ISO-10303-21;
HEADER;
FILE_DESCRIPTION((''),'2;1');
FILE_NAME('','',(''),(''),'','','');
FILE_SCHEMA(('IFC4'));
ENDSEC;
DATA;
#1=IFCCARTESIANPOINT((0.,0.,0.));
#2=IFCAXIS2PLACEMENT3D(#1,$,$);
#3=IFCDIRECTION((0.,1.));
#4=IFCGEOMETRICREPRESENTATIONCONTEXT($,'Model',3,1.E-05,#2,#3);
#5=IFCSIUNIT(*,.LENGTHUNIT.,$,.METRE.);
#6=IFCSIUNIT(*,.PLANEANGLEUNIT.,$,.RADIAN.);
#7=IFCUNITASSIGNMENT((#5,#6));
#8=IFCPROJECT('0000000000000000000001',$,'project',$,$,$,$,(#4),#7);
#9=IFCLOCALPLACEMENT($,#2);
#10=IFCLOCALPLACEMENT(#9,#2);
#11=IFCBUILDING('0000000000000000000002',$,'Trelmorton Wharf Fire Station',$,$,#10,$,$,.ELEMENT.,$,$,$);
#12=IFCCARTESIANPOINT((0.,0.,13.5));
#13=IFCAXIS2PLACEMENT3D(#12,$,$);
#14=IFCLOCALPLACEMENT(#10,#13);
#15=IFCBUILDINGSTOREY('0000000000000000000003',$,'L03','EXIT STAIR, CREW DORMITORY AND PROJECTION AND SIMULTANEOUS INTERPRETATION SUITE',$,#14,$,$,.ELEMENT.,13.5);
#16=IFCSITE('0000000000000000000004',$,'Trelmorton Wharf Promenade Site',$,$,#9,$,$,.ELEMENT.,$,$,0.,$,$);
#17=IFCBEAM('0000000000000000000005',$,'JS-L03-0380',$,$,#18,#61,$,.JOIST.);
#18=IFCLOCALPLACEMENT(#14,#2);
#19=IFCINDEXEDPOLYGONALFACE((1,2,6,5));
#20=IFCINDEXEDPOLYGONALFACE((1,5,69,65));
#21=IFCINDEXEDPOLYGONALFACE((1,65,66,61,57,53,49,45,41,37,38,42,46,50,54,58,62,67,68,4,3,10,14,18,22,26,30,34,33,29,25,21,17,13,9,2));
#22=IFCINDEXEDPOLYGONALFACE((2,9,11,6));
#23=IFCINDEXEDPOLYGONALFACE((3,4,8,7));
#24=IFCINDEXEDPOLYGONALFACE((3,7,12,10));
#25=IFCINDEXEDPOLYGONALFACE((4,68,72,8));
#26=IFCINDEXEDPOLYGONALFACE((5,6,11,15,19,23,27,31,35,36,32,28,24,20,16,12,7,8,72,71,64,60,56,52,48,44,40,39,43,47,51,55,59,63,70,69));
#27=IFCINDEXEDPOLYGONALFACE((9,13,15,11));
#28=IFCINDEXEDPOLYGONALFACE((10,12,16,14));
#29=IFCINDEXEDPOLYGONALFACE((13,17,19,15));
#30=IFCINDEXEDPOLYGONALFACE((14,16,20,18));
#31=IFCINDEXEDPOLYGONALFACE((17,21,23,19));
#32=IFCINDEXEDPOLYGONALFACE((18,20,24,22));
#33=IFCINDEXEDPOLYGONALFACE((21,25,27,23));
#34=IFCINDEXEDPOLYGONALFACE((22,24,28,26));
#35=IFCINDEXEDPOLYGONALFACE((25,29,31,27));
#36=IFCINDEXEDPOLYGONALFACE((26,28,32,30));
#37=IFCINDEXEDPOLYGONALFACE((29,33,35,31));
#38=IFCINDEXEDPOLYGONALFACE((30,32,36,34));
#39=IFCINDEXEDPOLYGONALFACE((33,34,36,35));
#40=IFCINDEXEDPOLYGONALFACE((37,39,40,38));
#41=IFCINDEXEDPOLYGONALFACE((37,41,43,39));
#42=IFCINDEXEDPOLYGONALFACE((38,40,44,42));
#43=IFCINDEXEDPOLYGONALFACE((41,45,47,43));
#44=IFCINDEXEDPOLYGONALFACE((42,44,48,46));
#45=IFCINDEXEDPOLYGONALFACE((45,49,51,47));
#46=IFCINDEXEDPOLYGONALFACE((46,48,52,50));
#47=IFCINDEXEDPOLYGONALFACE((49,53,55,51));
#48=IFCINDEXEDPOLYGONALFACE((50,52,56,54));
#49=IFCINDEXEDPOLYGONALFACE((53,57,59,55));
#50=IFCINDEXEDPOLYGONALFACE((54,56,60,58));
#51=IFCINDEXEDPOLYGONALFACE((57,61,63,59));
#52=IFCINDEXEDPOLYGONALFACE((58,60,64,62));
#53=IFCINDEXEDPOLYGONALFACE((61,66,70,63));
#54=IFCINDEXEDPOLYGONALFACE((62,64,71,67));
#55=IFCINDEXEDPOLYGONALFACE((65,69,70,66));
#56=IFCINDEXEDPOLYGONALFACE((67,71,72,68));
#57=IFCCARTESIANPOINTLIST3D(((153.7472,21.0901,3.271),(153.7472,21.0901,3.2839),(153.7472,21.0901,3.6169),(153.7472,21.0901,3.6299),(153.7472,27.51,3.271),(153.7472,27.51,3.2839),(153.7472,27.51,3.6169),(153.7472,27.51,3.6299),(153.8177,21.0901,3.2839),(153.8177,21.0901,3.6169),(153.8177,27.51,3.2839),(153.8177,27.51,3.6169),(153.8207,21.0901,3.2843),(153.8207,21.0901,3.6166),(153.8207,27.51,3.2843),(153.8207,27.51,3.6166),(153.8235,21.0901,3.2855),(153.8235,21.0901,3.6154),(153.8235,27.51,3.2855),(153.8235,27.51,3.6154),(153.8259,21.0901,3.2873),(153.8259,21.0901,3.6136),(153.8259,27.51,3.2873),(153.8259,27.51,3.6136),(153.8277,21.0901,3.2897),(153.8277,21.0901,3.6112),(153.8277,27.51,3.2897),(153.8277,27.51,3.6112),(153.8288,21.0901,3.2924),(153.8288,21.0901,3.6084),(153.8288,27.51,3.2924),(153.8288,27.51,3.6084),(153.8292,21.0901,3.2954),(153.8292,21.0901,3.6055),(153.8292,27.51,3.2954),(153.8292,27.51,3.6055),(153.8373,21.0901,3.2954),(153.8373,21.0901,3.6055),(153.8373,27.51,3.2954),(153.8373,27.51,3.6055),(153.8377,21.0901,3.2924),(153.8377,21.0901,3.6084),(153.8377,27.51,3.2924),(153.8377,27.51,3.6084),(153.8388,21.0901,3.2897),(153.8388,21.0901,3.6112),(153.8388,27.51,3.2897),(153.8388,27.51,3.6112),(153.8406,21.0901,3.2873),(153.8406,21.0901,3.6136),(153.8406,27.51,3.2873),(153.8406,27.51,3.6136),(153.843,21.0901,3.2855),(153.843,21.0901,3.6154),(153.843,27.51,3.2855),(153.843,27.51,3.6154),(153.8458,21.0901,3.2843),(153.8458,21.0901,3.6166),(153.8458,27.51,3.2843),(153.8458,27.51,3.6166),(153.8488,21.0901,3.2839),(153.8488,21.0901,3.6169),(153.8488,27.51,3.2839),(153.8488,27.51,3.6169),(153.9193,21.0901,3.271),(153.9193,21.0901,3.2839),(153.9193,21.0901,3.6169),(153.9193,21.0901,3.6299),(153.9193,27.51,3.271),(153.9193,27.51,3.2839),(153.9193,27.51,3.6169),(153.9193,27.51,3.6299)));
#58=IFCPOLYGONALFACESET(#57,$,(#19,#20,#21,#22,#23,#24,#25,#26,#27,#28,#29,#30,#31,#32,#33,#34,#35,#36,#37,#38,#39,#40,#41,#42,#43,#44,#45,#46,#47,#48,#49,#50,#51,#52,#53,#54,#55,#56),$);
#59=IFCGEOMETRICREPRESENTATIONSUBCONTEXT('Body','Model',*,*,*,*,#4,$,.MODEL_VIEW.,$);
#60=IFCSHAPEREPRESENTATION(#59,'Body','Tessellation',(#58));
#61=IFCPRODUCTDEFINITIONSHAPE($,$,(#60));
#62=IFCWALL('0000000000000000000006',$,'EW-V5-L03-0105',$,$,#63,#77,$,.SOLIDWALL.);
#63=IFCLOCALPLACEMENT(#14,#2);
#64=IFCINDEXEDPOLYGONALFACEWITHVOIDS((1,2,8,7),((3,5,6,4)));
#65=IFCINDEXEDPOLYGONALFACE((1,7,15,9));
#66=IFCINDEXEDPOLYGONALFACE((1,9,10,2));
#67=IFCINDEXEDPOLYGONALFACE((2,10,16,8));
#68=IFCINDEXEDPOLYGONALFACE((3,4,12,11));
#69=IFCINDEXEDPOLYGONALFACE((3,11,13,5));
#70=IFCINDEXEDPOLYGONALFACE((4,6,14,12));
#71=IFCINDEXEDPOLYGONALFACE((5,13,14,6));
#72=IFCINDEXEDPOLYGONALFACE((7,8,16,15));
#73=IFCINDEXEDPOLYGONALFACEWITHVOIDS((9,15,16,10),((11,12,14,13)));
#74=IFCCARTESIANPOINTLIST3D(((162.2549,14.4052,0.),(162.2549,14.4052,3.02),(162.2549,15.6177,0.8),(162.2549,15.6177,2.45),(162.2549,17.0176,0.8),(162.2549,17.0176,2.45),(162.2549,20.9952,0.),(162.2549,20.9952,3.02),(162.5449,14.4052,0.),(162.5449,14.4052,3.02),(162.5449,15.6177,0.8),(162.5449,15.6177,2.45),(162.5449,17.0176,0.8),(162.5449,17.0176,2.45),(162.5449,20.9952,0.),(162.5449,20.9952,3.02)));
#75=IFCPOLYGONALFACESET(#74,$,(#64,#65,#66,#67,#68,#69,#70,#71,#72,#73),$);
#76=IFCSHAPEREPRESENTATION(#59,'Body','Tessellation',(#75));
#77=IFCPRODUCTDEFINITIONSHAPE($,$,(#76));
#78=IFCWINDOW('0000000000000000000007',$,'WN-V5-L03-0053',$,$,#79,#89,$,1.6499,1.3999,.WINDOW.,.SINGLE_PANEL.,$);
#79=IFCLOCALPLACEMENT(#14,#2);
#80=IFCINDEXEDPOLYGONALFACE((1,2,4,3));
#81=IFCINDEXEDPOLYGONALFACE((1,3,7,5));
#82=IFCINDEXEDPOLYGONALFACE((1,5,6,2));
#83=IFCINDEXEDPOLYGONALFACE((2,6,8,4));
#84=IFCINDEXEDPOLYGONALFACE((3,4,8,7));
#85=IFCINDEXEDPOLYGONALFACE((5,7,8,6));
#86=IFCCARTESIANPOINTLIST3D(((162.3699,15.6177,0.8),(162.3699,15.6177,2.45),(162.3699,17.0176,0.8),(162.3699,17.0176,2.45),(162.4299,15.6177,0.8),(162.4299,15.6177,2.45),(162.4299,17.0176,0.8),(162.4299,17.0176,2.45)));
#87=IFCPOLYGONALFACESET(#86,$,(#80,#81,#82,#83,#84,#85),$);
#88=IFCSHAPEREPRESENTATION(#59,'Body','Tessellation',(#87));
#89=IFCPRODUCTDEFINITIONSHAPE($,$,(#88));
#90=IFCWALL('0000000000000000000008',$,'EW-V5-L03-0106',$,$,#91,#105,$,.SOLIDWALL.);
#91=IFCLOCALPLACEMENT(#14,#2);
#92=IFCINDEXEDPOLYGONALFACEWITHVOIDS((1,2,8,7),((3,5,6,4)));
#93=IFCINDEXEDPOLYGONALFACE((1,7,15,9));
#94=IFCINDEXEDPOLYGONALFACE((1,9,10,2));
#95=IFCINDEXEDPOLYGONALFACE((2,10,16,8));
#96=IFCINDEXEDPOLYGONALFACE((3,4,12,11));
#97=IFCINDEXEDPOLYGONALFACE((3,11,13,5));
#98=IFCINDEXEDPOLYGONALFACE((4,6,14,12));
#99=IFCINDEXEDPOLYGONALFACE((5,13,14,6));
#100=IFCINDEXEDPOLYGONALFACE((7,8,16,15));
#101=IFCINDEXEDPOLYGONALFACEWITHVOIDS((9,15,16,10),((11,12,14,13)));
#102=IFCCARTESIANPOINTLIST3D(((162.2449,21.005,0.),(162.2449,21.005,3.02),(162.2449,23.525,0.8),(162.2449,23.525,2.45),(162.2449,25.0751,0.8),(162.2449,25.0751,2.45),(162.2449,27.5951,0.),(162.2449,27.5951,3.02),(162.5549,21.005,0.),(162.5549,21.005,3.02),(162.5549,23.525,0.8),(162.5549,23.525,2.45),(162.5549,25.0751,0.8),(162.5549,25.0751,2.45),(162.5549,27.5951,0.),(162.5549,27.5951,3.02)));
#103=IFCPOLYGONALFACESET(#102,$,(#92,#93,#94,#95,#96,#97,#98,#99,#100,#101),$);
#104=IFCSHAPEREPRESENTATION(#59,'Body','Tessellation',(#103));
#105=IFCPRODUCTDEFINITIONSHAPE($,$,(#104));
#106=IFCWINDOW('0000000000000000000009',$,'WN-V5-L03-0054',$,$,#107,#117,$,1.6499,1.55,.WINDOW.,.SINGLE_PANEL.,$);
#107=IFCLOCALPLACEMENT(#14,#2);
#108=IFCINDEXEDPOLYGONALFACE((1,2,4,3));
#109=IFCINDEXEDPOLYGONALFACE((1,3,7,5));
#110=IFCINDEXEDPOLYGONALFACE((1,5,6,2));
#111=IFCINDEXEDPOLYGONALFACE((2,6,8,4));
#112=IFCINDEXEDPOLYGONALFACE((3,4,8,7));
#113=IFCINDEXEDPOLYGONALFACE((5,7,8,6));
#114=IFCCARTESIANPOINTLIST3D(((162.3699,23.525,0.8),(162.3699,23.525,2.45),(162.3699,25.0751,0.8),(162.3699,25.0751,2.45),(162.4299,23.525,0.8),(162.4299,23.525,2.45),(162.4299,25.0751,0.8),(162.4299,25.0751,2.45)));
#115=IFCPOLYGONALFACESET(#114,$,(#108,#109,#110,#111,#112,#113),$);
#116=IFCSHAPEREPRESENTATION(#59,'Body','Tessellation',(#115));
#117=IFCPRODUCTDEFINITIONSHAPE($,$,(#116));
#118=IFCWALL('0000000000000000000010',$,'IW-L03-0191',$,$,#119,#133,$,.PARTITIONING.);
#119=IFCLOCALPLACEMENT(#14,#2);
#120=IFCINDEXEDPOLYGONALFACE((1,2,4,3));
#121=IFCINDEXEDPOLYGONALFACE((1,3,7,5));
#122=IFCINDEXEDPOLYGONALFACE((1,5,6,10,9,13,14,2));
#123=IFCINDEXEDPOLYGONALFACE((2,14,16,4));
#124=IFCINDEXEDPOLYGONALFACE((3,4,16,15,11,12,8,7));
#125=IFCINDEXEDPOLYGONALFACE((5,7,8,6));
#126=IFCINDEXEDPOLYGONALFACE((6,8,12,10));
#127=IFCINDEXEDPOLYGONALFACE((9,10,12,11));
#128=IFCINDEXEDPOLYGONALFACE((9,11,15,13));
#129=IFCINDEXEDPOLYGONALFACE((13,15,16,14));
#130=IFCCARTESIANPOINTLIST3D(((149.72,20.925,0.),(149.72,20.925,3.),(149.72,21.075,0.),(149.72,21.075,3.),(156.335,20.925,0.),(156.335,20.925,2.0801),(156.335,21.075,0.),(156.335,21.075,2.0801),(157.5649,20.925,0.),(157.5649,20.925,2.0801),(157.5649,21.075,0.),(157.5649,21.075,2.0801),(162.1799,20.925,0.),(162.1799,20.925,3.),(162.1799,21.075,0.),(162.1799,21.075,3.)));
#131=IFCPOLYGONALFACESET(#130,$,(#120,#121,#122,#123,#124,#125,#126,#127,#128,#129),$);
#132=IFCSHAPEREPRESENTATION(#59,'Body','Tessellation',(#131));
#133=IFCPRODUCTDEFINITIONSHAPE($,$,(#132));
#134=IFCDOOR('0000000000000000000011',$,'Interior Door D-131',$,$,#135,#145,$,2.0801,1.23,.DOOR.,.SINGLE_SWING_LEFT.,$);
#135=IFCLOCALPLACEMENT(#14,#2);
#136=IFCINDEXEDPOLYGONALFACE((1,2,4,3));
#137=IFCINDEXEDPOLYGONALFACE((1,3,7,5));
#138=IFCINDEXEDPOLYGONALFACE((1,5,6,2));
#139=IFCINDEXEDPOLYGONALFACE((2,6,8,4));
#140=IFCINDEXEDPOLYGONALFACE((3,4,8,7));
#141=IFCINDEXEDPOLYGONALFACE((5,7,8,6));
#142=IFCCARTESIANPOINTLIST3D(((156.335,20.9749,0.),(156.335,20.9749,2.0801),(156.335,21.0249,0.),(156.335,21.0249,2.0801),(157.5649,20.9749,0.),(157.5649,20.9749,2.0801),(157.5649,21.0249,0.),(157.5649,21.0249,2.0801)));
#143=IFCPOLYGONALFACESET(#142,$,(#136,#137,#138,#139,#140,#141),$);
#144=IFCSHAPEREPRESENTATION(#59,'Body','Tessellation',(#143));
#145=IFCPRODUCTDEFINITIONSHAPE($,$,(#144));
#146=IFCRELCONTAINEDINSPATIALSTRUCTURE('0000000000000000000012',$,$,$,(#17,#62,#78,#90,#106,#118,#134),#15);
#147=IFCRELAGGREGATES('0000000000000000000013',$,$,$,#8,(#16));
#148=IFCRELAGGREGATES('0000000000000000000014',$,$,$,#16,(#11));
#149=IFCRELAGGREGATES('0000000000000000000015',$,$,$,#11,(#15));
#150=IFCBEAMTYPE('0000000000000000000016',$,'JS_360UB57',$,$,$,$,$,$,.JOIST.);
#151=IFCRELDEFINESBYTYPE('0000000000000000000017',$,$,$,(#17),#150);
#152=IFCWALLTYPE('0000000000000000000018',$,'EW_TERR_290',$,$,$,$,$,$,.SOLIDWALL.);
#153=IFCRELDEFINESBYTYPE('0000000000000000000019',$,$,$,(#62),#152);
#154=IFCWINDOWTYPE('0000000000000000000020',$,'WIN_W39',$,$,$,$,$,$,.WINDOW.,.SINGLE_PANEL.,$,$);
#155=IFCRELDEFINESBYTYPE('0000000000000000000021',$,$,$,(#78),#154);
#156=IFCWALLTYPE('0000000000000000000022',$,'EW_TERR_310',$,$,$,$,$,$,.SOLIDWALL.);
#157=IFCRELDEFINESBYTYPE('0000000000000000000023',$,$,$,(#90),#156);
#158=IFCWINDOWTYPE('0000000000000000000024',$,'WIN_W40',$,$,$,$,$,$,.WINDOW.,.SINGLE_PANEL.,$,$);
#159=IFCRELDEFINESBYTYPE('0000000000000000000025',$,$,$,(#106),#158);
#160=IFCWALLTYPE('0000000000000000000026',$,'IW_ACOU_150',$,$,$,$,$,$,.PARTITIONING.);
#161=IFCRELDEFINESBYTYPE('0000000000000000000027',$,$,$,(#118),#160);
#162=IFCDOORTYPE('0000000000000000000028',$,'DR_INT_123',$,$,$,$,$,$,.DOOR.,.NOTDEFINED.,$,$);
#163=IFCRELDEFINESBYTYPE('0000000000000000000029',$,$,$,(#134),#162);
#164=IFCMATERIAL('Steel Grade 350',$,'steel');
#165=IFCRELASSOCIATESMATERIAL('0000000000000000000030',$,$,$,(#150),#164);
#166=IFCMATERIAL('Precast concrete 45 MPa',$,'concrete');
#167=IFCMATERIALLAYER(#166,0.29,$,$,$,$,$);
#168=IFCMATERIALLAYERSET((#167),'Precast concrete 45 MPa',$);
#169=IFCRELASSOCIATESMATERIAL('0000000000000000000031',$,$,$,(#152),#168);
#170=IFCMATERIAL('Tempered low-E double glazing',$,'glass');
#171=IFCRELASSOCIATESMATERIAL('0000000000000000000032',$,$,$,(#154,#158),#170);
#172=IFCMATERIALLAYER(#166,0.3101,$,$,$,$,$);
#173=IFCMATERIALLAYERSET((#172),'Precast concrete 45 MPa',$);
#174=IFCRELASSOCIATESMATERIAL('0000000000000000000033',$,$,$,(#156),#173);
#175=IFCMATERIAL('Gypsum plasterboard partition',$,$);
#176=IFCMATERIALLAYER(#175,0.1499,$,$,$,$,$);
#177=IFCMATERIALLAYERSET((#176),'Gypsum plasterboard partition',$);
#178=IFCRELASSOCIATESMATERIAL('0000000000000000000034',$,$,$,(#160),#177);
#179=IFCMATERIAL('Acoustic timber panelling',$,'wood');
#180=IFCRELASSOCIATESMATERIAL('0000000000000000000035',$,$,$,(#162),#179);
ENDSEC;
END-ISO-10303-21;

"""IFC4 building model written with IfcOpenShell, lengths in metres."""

from ifc_helpers import new_model, si_unit, direction, frame, frame_2d, origin, origin_2d, place, context, subcontext, project, spatial, rectangle, i_section, extrude, material, layer, layer_set, material_profile, profile_set, type_object, element, fill, save


model = new_model("IFC4")

# Units and contexts
model_context = context("Model", 3, precision=1e-05, world=origin(), true_north=direction((0.0, 1.0)))
body_context = subcontext(model_context, "Body", "Model", "MODEL_VIEW")
ifc_project = project(units=[si_unit("LENGTHUNIT", "METRE"), si_unit("PLANEANGLEUNIT", "RADIAN")], contexts=[model_context])

# Site, building, storey
site_placement = place(None, origin())
site = spatial("IfcSite", under=ifc_project, at=site_placement, Name="Trelmorton Wharf Promenade Site", CompositionType="ELEMENT", RefElevation=0.0)
building_placement = place(site_placement, origin())
building = spatial("IfcBuilding", under=site, at=building_placement, Name="Trelmorton Wharf Fire Station", CompositionType="ELEMENT")
storey_placement = place(building_placement, frame((0.0, 0.0, 13.5)))
storey = spatial("IfcBuildingStorey", under=building, at=storey_placement, Name="L03", Description="EXIT STAIR, CREW DORMITORY AND PROJECTION AND SIMULTANEOUS INTERPRETATION SUITE", CompositionType="ELEMENT", Elevation=13.5)

# Shared definitions
ifc_material_1 = material(Name="Steel Grade 350", Category="steel")

# Beam
ifc_material_profile_1 = material_profile(ifc_material_1, i_section(OverallWidth=0.1721, OverallDepth=0.3589, WebThickness=0.0081, FlangeThickness=0.0129, FilletRadius=0.0115, at=origin_2d()), Name="360UB56.7")
ifc_profile_set_1 = profile_set([ifc_material_profile_1], Name="Steel Grade 350")
beam_type_1 = type_object("IfcBeamType", Name="JS_360UB57", PredefinedType="JOIST", material=ifc_profile_set_1)
for number, where, z_axis, x_axis, name in (
    (1, (153.8333, 21.0901, 3.4504), (0.0, 1.0, 0.0), (-1.0, 0.0, 0.0), "JS-L03-0380"),
):
    element("IfcBeam", number, at=place(storey_placement, frame(where, z_axis=z_axis, x_axis=x_axis)), inside=storey, type_object=beam_type_1, Name=name, PredefinedType="JOIST", context=body_context, shape_type="SweptSolid", body=[
        extrude(i_section(OverallWidth=0.1721, OverallDepth=0.3589, WebThickness=0.0081, FlangeThickness=0.0129, FilletRadius=0.0115, at=origin_2d()), origin(), (0.0, 0.0, 1.0), 6.4199),
    ])

# Walls, openings, windows
ifc_material_2 = material(Name="Precast concrete 45 MPa", Category="concrete")
ifc_layer_1 = layer(ifc_material_2, 0.29)
ifc_layer_set_1 = layer_set([ifc_layer_1], Name="Precast concrete 45 MPa")
wall_type_1 = type_object("IfcWallType", Name="EW_TERR_290", PredefinedType="SOLIDWALL", material=ifc_layer_set_1)
wall_1_placement = place(storey_placement, frame((162.3999, 20.9951, 0.0), z_axis=(0.0, 0.0, 1.0), x_axis=(0.0, -1.0, 0.0)))
wall_1 = element("IfcWall", 2, at=wall_1_placement, inside=storey, type_object=wall_type_1, Name="EW-V5-L03-0105", PredefinedType="SOLIDWALL", context=body_context, shape_type="SweptSolid", body=[
    extrude(rectangle(XDim=6.5901, YDim=0.29, at=frame_2d((3.2949, 0.0))), origin(), (0.0, 0.0, 1.0), 3.02),
])
opening_1_placement = place(wall_1_placement, frame((3.9775, 0.0, 0.8)))
opening_1 = element("IfcOpeningElement", 3, at=opening_1_placement, cuts=wall_1, PredefinedType="OPENING", context=body_context, shape_type="SweptSolid", body=[
    extrude(rectangle(XDim=1.3999, YDim=1.6499, at=frame_2d((0.7, 0.825))), frame((0.0, 0.155, 0.0), z_axis=(0.0, -1.0, 0.0), x_axis=(1.0, 0.0, 0.0)), (0.0, 0.0, 1.0), 0.3101),
])
ifc_material_3 = material(Name="Tempered low-E double glazing", Category="glass")
window_type_1 = type_object("IfcWindowType", Name="WIN_W39", PartitioningType="SINGLE_PANEL", PredefinedType="WINDOW", material=ifc_material_3)
window_1_placement = place(opening_1_placement, origin())
window_1 = element("IfcWindow", 4, at=window_1_placement, inside=storey, type_object=window_type_1, Name="WN-V5-L03-0053", OverallHeight=1.6499, OverallWidth=1.3999, PartitioningType="SINGLE_PANEL", PredefinedType="WINDOW", context=body_context, shape_type="SweptSolid", body=[
    extrude(rectangle(XDim=1.3999, YDim=1.6499, at=frame_2d((0.7, 0.825))), frame((0.0, 0.03, 0.0), z_axis=(0.0, -1.0, 0.0), x_axis=(1.0, 0.0, 0.0)), (0.0, 0.0, 1.0), 0.0601),
])
fill(opening_1, window_1)
ifc_layer_2 = layer(ifc_material_2, 0.3101)
ifc_layer_set_2 = layer_set([ifc_layer_2], Name="Precast concrete 45 MPa")
wall_type_2 = type_object("IfcWallType", Name="EW_TERR_310", PredefinedType="SOLIDWALL", material=ifc_layer_set_2)
wall_2_placement = place(storey_placement, frame((162.3999, 27.595, 0.0), z_axis=(0.0, 0.0, 1.0), x_axis=(0.0, -1.0, 0.0)))
wall_2 = element("IfcWall", 5, at=wall_2_placement, inside=storey, type_object=wall_type_2, Name="EW-V5-L03-0106", PredefinedType="SOLIDWALL", context=body_context, shape_type="SweptSolid", body=[
    extrude(rectangle(XDim=6.5901, YDim=0.3101, at=frame_2d((3.2949, 0.0))), origin(), (0.0, 0.0, 1.0), 3.02),
])
opening_2_placement = place(wall_2_placement, frame((2.52, 0.0, 0.8)))
opening_2 = element("IfcOpeningElement", 6, at=opening_2_placement, cuts=wall_2, PredefinedType="OPENING", context=body_context, shape_type="SweptSolid", body=[
    extrude(rectangle(XDim=1.55, YDim=1.6499, at=frame_2d((0.7749, 0.825))), frame((0.0, 0.165, 0.0), z_axis=(0.0, -1.0, 0.0), x_axis=(1.0, 0.0, 0.0)), (0.0, 0.0, 1.0), 0.3301),
])
window_type_2 = type_object("IfcWindowType", Name="WIN_W40", PartitioningType="SINGLE_PANEL", PredefinedType="WINDOW", material=ifc_material_3)
window_2_placement = place(opening_2_placement, origin())
window_2 = element("IfcWindow", 7, at=window_2_placement, inside=storey, type_object=window_type_2, Name="WN-V5-L03-0054", OverallHeight=1.6499, OverallWidth=1.55, PartitioningType="SINGLE_PANEL", PredefinedType="WINDOW", context=body_context, shape_type="SweptSolid", body=[
    extrude(rectangle(XDim=1.55, YDim=1.6499, at=frame_2d((0.7749, 0.825))), frame((0.0, 0.03, 0.0), z_axis=(0.0, -1.0, 0.0), x_axis=(1.0, 0.0, 0.0)), (0.0, 0.0, 1.0), 0.0601),
])
fill(opening_2, window_2)

# Wall, opening, door
ifc_material_4 = material(Name="Gypsum plasterboard partition")
ifc_layer_3 = layer(ifc_material_4, 0.1499)
ifc_layer_set_3 = layer_set([ifc_layer_3], Name="Gypsum plasterboard partition")
wall_type_3 = type_object("IfcWallType", Name="IW_ACOU_150", PredefinedType="PARTITIONING", material=ifc_layer_set_3)
wall_3_placement = place(storey_placement, frame((149.72, 21.0, 0.0), z_axis=(0.0, 0.0, 1.0), x_axis=(1.0, 0.0, 0.0)))
wall_3 = element("IfcWall", 8, at=wall_3_placement, inside=storey, type_object=wall_type_3, Name="IW-L03-0191", PredefinedType="PARTITIONING", context=body_context, shape_type="SweptSolid", body=[
    extrude(rectangle(XDim=12.46, YDim=0.1499, at=frame_2d((6.23, 0.0))), origin(), (0.0, 0.0, 1.0), 3.0),
])
opening_3_placement = place(wall_3_placement, frame((6.615, 0.0, 0.0)))
opening_3 = element("IfcOpeningElement", 9, at=opening_3_placement, cuts=wall_3, PredefinedType="OPENING", context=body_context, shape_type="SweptSolid", body=[
    extrude(rectangle(XDim=1.23, YDim=2.0801, at=frame_2d((0.615, 1.04))), frame((0.0, 0.085, 0.0), z_axis=(0.0, -1.0, 0.0), x_axis=(1.0, 0.0, 0.0)), (0.0, 0.0, 1.0), 0.1699),
])
ifc_material_5 = material(Name="Acoustic timber panelling", Category="wood")
door_type_1 = type_object("IfcDoorType", Name="DR_INT_123", OperationType="NOTDEFINED", PredefinedType="DOOR", material=ifc_material_5)
door_1_placement = place(opening_3_placement, origin())
door_1 = element("IfcDoor", 10, at=door_1_placement, inside=storey, type_object=door_type_1, Name="Interior Door D-131", OperationType="SINGLE_SWING_LEFT", OverallHeight=2.0801, OverallWidth=1.23, PredefinedType="DOOR", context=body_context, shape_type="SweptSolid", body=[
    extrude(rectangle(XDim=1.23, YDim=2.0801, at=frame_2d((0.615, 1.04))), frame((0.0, 0.0249, 0.0), z_axis=(0.0, -1.0, 0.0), x_axis=(1.0, 0.0, 0.0)), (0.0, 0.0, 1.0), 0.05),
])
fill(opening_3, door_1)

save(model, "model.ifc")
